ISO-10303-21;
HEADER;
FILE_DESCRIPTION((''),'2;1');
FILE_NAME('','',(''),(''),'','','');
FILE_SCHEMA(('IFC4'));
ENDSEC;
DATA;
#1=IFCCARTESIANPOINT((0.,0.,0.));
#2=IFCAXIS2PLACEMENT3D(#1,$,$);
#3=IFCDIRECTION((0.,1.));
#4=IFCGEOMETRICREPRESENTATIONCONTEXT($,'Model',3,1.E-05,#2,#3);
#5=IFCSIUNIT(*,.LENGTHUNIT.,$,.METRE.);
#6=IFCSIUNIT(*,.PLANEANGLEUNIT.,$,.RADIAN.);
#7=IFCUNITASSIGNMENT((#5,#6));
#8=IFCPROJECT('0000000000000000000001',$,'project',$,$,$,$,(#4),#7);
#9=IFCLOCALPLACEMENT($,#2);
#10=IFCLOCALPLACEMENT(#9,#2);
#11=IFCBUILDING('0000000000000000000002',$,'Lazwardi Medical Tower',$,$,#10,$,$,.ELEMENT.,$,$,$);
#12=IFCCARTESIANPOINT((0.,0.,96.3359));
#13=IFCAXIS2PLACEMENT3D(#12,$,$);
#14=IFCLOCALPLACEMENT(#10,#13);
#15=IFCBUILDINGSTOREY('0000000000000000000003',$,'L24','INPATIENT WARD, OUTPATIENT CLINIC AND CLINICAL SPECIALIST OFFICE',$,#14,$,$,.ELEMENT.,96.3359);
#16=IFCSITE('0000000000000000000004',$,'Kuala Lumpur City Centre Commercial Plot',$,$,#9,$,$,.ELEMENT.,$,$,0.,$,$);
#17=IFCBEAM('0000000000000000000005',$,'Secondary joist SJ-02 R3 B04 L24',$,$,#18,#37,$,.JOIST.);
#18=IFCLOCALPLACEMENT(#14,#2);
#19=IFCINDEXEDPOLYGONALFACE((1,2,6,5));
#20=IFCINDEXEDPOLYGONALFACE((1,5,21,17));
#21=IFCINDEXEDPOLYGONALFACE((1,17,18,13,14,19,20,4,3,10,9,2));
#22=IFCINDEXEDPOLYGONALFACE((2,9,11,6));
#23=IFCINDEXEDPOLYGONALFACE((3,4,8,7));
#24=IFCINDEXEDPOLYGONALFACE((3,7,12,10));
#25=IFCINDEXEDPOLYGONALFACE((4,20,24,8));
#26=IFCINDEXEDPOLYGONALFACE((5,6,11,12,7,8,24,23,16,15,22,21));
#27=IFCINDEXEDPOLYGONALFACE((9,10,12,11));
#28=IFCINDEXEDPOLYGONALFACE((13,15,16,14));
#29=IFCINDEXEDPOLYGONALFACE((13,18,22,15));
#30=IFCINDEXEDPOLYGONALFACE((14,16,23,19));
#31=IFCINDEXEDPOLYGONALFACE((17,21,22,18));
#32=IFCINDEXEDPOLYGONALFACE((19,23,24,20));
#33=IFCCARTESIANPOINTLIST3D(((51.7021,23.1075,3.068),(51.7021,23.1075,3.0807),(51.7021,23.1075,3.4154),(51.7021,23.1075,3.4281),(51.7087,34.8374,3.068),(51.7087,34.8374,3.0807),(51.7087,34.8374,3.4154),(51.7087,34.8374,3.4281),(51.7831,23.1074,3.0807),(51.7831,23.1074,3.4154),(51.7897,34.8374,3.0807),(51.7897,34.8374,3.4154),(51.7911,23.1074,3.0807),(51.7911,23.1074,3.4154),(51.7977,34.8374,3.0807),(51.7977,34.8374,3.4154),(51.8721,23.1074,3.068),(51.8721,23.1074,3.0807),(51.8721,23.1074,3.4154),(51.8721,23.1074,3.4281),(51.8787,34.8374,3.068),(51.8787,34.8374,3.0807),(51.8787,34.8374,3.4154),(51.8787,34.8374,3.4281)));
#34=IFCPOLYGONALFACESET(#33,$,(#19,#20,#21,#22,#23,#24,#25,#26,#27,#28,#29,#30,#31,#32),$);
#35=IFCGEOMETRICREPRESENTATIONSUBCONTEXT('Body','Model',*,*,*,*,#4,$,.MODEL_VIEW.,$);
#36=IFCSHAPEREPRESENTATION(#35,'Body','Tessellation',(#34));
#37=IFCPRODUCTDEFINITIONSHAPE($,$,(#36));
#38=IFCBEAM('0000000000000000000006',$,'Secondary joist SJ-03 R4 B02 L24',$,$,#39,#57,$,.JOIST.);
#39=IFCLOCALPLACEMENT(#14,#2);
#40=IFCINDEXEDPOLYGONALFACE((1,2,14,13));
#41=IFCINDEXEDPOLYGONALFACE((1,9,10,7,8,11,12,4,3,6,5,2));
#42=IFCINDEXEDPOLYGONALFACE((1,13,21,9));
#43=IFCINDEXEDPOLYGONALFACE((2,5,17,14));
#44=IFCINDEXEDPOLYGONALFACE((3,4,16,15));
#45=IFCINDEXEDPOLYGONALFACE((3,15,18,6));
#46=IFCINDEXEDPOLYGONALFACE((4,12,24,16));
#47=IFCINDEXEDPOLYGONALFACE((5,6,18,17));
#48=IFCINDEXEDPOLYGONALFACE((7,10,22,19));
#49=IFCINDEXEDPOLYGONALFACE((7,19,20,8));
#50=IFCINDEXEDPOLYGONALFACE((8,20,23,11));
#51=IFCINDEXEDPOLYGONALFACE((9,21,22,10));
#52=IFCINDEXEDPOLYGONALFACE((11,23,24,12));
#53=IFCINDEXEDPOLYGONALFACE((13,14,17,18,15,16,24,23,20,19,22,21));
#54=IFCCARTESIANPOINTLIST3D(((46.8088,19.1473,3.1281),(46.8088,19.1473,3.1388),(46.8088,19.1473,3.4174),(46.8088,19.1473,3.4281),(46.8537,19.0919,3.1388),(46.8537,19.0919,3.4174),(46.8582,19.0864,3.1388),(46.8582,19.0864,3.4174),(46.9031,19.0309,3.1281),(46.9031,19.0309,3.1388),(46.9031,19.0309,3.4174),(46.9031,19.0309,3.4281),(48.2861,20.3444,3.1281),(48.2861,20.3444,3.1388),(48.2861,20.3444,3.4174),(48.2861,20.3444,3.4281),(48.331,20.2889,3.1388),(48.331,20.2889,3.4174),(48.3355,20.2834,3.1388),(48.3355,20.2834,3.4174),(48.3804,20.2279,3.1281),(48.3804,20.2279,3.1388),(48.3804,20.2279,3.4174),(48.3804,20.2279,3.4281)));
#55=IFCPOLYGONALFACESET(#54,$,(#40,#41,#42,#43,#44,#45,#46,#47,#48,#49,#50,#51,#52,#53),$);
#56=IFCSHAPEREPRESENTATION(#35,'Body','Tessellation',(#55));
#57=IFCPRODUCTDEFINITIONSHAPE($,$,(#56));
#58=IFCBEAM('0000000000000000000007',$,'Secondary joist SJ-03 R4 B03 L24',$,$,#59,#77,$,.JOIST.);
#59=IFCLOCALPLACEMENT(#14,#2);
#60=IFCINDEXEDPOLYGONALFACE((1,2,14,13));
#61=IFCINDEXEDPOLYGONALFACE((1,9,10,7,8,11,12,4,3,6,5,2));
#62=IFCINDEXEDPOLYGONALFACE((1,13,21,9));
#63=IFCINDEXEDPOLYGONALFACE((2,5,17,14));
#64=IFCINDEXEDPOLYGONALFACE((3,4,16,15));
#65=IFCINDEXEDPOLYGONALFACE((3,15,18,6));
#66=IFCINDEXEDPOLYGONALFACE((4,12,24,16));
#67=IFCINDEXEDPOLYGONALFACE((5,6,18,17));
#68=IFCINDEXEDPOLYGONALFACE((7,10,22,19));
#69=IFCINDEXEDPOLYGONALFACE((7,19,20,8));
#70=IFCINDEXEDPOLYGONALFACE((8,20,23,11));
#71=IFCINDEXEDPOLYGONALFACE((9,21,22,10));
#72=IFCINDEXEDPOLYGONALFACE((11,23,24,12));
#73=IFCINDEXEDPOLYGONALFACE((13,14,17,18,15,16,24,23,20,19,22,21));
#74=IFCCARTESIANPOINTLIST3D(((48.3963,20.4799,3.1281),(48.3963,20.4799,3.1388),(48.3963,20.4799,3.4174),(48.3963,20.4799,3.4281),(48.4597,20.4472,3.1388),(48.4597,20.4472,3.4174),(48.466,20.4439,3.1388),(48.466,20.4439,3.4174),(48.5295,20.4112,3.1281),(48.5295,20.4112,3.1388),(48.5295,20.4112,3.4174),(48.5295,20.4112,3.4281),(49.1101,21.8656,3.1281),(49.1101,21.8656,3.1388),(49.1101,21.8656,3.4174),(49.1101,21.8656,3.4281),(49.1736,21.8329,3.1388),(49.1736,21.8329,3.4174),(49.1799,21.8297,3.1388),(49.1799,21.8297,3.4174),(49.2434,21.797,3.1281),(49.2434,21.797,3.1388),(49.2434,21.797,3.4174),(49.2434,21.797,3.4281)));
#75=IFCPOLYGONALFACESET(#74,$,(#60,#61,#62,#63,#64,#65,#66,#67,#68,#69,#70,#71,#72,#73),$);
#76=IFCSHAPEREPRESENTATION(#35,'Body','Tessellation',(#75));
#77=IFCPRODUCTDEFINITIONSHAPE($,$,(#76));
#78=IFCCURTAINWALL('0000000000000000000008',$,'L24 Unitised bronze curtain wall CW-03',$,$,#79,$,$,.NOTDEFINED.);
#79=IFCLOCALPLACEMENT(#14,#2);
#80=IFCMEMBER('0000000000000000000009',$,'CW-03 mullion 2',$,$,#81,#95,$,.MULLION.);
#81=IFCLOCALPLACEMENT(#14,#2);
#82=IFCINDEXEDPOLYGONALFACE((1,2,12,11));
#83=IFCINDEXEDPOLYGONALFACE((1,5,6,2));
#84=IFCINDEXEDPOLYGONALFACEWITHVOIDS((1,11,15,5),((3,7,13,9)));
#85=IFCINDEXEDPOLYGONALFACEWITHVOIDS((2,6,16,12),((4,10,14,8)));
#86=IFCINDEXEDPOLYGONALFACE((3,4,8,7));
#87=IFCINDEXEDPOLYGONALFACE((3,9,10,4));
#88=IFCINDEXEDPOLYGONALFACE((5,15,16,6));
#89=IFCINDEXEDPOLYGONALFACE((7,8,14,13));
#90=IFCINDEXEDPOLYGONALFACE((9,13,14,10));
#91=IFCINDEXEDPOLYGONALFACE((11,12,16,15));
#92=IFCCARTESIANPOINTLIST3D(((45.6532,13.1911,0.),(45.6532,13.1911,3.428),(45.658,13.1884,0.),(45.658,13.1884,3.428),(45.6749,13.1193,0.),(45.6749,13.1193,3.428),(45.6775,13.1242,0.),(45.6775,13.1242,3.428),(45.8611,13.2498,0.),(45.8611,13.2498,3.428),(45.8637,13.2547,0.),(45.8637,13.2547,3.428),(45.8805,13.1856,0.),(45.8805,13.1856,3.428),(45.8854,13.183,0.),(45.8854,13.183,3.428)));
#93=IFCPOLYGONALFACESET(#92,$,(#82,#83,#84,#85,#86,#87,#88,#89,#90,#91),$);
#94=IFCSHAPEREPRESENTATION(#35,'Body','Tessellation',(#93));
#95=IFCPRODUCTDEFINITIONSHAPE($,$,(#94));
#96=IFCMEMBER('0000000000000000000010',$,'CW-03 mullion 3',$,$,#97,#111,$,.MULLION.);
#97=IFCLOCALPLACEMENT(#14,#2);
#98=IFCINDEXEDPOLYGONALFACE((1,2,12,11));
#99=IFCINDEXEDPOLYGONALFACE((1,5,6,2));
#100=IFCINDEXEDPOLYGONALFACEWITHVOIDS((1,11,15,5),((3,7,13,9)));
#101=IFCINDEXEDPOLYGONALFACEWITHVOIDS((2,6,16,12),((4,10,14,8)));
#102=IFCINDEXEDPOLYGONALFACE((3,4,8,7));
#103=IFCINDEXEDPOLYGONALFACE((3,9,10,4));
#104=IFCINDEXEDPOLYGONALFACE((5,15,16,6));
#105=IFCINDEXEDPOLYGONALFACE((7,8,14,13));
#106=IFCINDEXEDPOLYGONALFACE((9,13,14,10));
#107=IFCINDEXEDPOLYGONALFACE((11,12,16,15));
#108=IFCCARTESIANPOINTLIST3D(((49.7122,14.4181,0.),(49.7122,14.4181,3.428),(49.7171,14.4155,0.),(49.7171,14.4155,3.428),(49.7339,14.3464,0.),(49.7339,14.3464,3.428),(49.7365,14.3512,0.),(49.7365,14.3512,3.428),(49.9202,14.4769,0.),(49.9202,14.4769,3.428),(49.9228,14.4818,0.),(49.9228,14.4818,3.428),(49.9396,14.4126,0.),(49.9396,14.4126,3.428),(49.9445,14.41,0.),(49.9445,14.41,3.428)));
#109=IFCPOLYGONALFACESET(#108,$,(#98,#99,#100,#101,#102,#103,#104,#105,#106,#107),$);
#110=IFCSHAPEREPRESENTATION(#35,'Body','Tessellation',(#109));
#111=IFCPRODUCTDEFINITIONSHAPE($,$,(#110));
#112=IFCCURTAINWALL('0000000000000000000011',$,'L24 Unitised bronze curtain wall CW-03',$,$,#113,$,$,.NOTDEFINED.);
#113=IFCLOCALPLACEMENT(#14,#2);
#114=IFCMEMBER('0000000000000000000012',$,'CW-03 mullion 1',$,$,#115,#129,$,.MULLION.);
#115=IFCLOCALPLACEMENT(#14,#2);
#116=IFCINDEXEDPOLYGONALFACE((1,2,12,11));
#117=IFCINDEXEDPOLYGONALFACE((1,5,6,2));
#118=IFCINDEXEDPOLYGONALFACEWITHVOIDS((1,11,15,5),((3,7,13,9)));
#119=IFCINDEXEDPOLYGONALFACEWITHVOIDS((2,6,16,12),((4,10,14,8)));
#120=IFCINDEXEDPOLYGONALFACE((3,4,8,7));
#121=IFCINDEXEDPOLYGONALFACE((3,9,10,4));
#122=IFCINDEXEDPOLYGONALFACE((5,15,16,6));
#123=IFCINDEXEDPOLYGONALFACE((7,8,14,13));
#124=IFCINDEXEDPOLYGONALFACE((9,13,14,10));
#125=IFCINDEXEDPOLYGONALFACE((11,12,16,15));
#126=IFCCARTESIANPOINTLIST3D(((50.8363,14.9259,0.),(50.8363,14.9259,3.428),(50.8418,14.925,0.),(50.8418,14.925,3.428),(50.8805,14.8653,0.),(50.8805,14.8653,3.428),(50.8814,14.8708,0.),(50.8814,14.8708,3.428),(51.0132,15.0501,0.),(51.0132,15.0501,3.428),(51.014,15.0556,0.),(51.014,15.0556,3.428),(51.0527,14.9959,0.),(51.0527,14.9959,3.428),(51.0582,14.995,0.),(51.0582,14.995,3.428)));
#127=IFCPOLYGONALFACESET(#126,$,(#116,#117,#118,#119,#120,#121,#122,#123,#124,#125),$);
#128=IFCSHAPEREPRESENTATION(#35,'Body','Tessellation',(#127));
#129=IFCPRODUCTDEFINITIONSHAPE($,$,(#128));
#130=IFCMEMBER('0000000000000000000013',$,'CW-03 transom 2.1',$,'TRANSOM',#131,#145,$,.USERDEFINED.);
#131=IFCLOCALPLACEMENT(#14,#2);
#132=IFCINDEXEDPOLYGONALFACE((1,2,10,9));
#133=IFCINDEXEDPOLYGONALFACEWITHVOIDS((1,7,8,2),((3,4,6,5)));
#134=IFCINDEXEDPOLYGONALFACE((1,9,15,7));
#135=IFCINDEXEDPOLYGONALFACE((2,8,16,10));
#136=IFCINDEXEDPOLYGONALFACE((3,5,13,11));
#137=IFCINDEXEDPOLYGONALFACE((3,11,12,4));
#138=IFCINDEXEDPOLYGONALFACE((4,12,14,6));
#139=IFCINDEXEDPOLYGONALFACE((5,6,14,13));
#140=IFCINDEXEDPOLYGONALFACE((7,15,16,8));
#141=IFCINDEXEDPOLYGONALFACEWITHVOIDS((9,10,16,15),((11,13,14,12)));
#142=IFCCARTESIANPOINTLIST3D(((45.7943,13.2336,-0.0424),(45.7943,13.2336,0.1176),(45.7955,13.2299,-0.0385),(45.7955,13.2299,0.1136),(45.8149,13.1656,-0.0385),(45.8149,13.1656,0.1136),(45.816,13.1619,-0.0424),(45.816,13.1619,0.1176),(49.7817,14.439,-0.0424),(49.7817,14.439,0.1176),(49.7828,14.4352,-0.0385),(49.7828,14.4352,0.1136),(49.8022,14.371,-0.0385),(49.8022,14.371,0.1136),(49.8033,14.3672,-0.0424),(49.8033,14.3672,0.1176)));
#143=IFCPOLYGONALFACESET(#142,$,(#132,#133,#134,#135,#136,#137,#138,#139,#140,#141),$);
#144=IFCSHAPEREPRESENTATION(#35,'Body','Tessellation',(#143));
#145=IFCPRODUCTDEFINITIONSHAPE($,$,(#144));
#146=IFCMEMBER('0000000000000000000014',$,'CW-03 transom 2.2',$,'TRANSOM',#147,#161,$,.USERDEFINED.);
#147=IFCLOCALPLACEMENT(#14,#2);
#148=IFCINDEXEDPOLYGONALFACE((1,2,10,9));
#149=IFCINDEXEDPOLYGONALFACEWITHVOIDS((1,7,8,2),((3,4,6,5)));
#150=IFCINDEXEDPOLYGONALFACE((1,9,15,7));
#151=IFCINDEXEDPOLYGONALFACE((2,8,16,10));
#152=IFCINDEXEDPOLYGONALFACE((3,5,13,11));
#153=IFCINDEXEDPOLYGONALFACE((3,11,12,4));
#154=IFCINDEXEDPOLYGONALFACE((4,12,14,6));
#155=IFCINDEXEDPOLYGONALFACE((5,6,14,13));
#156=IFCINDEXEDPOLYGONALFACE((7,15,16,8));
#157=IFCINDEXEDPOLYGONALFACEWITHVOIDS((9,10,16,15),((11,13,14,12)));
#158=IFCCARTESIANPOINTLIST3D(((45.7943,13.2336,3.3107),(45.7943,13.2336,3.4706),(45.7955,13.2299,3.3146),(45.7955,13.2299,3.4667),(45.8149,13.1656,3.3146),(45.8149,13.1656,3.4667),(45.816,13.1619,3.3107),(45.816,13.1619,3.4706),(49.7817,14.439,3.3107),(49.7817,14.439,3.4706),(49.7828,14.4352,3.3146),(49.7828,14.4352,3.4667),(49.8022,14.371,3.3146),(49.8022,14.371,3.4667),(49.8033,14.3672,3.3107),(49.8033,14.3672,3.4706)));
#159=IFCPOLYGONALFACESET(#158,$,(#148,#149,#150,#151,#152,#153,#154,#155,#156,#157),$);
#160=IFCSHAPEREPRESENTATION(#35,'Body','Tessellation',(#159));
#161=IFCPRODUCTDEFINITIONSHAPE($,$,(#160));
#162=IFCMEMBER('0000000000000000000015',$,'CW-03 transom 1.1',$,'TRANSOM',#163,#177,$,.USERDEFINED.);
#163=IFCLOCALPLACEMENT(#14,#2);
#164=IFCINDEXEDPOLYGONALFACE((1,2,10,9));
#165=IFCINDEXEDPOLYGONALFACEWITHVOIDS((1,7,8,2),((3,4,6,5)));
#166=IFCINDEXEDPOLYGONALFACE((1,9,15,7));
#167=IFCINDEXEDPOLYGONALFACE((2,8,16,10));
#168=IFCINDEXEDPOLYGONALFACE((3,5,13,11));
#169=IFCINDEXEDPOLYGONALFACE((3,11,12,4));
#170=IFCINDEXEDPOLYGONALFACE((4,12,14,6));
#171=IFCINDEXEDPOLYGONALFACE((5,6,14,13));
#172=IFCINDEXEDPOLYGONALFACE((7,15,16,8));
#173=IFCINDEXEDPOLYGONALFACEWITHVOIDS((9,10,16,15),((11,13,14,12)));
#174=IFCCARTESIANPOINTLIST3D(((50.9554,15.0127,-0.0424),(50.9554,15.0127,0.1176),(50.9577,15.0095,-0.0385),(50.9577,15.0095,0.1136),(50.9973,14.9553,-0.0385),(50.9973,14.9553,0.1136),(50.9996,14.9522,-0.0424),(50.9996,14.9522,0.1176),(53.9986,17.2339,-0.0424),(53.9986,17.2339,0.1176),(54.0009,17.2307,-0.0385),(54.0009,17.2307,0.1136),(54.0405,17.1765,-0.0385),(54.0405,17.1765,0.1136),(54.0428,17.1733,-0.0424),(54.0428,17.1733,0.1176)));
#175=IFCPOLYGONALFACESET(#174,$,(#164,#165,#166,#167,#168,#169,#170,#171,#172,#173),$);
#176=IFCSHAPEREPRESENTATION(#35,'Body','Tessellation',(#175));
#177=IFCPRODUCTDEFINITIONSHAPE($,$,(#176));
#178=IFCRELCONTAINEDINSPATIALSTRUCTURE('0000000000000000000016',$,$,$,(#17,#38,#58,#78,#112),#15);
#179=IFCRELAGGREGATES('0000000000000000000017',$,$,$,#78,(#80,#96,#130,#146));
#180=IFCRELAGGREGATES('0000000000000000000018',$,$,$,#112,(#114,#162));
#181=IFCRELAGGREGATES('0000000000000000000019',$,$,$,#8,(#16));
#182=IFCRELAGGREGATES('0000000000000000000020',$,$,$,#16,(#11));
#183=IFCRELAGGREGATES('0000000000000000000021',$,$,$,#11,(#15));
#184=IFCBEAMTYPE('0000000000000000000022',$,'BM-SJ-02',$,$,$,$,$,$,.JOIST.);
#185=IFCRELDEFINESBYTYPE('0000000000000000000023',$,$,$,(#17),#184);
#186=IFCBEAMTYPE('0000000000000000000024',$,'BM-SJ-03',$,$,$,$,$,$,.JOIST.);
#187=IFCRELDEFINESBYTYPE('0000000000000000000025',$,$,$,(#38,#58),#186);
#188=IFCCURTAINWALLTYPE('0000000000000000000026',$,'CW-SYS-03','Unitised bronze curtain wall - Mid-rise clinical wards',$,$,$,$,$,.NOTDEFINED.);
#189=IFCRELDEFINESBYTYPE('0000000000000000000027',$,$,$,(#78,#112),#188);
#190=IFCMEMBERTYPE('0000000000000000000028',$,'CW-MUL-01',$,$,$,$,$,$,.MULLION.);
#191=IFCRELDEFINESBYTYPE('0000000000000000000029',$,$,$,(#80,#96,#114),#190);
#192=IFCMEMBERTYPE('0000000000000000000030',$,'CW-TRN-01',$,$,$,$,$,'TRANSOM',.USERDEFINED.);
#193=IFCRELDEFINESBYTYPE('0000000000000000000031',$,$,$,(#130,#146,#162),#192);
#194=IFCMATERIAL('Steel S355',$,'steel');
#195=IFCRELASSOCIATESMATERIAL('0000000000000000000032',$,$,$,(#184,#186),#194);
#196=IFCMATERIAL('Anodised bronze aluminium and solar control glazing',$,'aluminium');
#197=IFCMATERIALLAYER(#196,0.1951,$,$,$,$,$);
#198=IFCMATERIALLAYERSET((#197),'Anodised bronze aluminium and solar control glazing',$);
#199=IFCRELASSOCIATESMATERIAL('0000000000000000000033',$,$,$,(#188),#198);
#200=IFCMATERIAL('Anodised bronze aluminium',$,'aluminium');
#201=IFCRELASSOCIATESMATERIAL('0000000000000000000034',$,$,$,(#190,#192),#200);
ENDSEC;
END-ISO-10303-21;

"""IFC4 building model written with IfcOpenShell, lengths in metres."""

from ifc_helpers import new_model, si_unit, direction, frame, origin, origin_2d, place, context, subcontext, project, spatial, hollow_rectangle, i_section, extrude, material, layer, layer_set, material_profile, profile_set, type_object, element, aggregate, save


model = new_model("IFC4")

# Units and contexts
model_context = context("Model", 3, precision=1e-05, world=origin(), true_north=direction((0.0, 1.0)))
body_context = subcontext(model_context, "Body", "Model", "MODEL_VIEW")
ifc_project = project(units=[si_unit("LENGTHUNIT", "METRE"), si_unit("PLANEANGLEUNIT", "RADIAN")], contexts=[model_context])

# Site, building, storey
site_placement = place(None, origin())
site = spatial("IfcSite", under=ifc_project, at=site_placement, Name="Kuala Lumpur City Centre Commercial Plot", CompositionType="ELEMENT", RefElevation=0.0)
building_placement = place(site_placement, origin())
building = spatial("IfcBuilding", under=site, at=building_placement, Name="Lazwardi Medical Tower", CompositionType="ELEMENT")
storey_placement = place(building_placement, frame((0.0, 0.0, 96.3359)))
storey = spatial("IfcBuildingStorey", under=building, at=storey_placement, Name="L24", Description="INPATIENT WARD, OUTPATIENT CLINIC AND CLINICAL SPECIALIST OFFICE", CompositionType="ELEMENT", Elevation=96.3359)

# Beams
ifc_material_1 = material(Name="Steel S355", Category="steel")
ifc_material_profile_1 = material_profile(ifc_material_1, i_section(OverallWidth=0.1699, OverallDepth=0.3601, WebThickness=0.0081, FlangeThickness=0.0127, at=origin_2d()), Name="IPE 360")
ifc_profile_set_1 = profile_set([ifc_material_profile_1], Name="Steel S355")
beam_type_1 = type_object("IfcBeamType", Name="BM-SJ-02", PredefinedType="JOIST", material=ifc_profile_set_1)
beam_1_placement = place(storey_placement, frame((51.7871, 23.1074, 3.248), z_axis=(0.000562, 1.0, 0.0), x_axis=(-1.0, 0.000562, 0.0)))
element("IfcBeam", 1, at=beam_1_placement, inside=storey, type_object=beam_type_1, Name="Secondary joist SJ-02 R3 B04 L24", PredefinedType="JOIST", context=body_context, shape_type="SweptSolid", body=[
    extrude(i_section(OverallWidth=0.1699, OverallDepth=0.3601, WebThickness=0.0081, FlangeThickness=0.0127, at=origin_2d()), origin(), (0.0, 0.0, 1.0), 11.73),
])
ifc_material_profile_2 = material_profile(ifc_material_1, i_section(OverallWidth=0.1499, OverallDepth=0.3, WebThickness=0.0071, FlangeThickness=0.0107, at=origin_2d()), Name="IPE 300")
ifc_profile_set_2 = profile_set([ifc_material_profile_2], Name="Steel S355")
beam_type_2 = type_object("IfcBeamType", Name="BM-SJ-03", PredefinedType="JOIST", material=ifc_profile_set_2)
beam_2_placement = place(storey_placement, frame((46.856, 19.0891, 3.2781), z_axis=(0.776958, 0.629553, 0.0), x_axis=(-0.629553, 0.776958, 0.0)))
element("IfcBeam", 2, at=beam_2_placement, inside=storey, type_object=beam_type_2, Name="Secondary joist SJ-03 R4 B02 L24", PredefinedType="JOIST", context=body_context, shape_type="SweptSolid", body=[
    extrude(i_section(OverallWidth=0.1499, OverallDepth=0.3, WebThickness=0.0071, FlangeThickness=0.0107, at=origin_2d()), origin(), (0.0, 0.0, 1.0), 1.9014),
])
beam_3_placement = place(storey_placement, frame((48.4629, 20.4456, 3.2781), z_axis=(0.457957, 0.888975, 0.0), x_axis=(-0.888975, 0.457957, 0.0)))
element("IfcBeam", 3, at=beam_3_placement, inside=storey, type_object=beam_type_2, Name="Secondary joist SJ-03 R4 B03 L24", PredefinedType="JOIST", context=body_context, shape_type="SweptSolid", body=[
    extrude(i_section(OverallWidth=0.1499, OverallDepth=0.3, WebThickness=0.0071, FlangeThickness=0.0107, at=origin_2d()), origin(), (0.0, 0.0, 1.0), 1.5588),
])

# Curtain wall, members
ifc_material_2 = material(Name="Anodised bronze aluminium and solar control glazing", Category="aluminium")
ifc_layer_1 = layer(ifc_material_2, 0.1951)
ifc_layer_set_1 = layer_set([ifc_layer_1], Name="Anodised bronze aluminium and solar control glazing")
curtain_wall_type = type_object("IfcCurtainWallType", Name="CW-SYS-03", Description="Unitised bronze curtain wall - Mid-rise clinical wards", PredefinedType="NOTDEFINED", material=ifc_layer_set_1)
curtain_wall_1_placement = place(storey_placement, origin())
curtain_wall_1 = element("IfcCurtainWall", 4, at=curtain_wall_1_placement, inside=storey, type_object=curtain_wall_type, Name="L24 Unitised bronze curtain wall CW-03", PredefinedType="NOTDEFINED")
ifc_material_3 = material(Name="Anodised bronze aluminium", Category="aluminium")
ifc_material_profile_3 = material_profile(ifc_material_3, hollow_rectangle(XDim=0.075, YDim=0.22, WallThickness=0.0039, at=origin_2d()), Name="ALU-MULLION 220x75x4")
ifc_profile_set_3 = profile_set([ifc_material_profile_3], Name="Anodised bronze aluminium")
member_type_1 = type_object("IfcMemberType", Name="CW-MUL-01", PredefinedType="MULLION", material=ifc_profile_set_3)
member_1_placement = place(storey_placement, frame((45.7693, 13.187, 0.0), z_axis=(0.0, 0.0, 1.0), x_axis=(-0.289374, 0.957216, 0.0)))
member_1 = element("IfcMember", 5, at=member_1_placement, type_object=member_type_1, Name="CW-03 mullion 2", PredefinedType="MULLION", context=body_context, shape_type="SweptSolid", body=[
    extrude(hollow_rectangle(XDim=0.075, YDim=0.22, WallThickness=0.0039, at=origin_2d()), origin(), (0.0, 0.0, 1.0), 3.428),
])
member_2_placement = place(storey_placement, frame((49.8284, 14.4141, 0.0), z_axis=(0.0, 0.0, 1.0), x_axis=(-0.289374, 0.957216, 0.0)))
member_2 = element("IfcMember", 6, at=member_2_placement, type_object=member_type_1, Name="CW-03 mullion 3", PredefinedType="MULLION", context=body_context, shape_type="SweptSolid", body=[
    extrude(hollow_rectangle(XDim=0.075, YDim=0.22, WallThickness=0.0039, at=origin_2d()), origin(), (0.0, 0.0, 1.0), 3.428),
])

# Curtain wall, member
curtain_wall_2_placement = place(storey_placement, origin())
curtain_wall_2 = element("IfcCurtainWall", 7, at=curtain_wall_2_placement, inside=storey, type_object=curtain_wall_type, Name="L24 Unitised bronze curtain wall CW-03", PredefinedType="NOTDEFINED")
member_3_placement = place(storey_placement, frame((50.9473, 14.9604, 0.0), z_axis=(0.0, 0.0, 1.0), x_axis=(-0.589531, 0.807746, 0.0)))
member_3 = element("IfcMember", 8, at=member_3_placement, type_object=member_type_1, Name="CW-03 mullion 1", PredefinedType="MULLION", context=body_context, shape_type="SweptSolid", body=[
    extrude(hollow_rectangle(XDim=0.075, YDim=0.22, WallThickness=0.0039, at=origin_2d()), origin(), (0.0, 0.0, 1.0), 3.428),
])

# Members
ifc_material_profile_4 = material_profile(ifc_material_3, hollow_rectangle(XDim=0.075, YDim=0.1599, WallThickness=0.0039, at=origin_2d()), Name="ALU-TRANSOM 160x75x4")
ifc_profile_set_4 = profile_set([ifc_material_profile_4], Name="Anodised bronze aluminium")
member_type_2 = type_object("IfcMemberType", Name="CW-TRN-01", ElementType="TRANSOM", PredefinedType="USERDEFINED", material=ifc_profile_set_4)
member_4_placement = place(storey_placement, frame((45.8052, 13.1978, 0.0376), z_axis=(0.957221, 0.289358, 0.0), x_axis=(-0.289358, 0.957221, 0.0)))
member_4 = element("IfcMember", 9, at=member_4_placement, type_object=member_type_2, Name="CW-03 transom 2.1", ObjectType="TRANSOM", PredefinedType="USERDEFINED", context=body_context, shape_type="SweptSolid", body=[
    extrude(hollow_rectangle(XDim=0.075, YDim=0.1599, WallThickness=0.0039, at=origin_2d()), origin(), (0.0, 0.0, 1.0), 4.1655),
])
member_5_placement = place(storey_placement, frame((45.8052, 13.1978, 3.3906), z_axis=(0.957221, 0.289358, 0.0), x_axis=(-0.289358, 0.957221, 0.0)))
member_5 = element("IfcMember", 10, at=member_5_placement, type_object=member_type_2, Name="CW-03 transom 2.2", ObjectType="TRANSOM", PredefinedType="USERDEFINED", context=body_context, shape_type="SweptSolid", body=[
    extrude(hollow_rectangle(XDim=0.075, YDim=0.1599, WallThickness=0.0039, at=origin_2d()), origin(), (0.0, 0.0, 1.0), 4.1655),
])
member_6_placement = place(storey_placement, frame((50.9775, 14.9824, 0.0376), z_axis=(0.807732, 0.58955, 0.0), x_axis=(-0.58955, 0.807732, 0.0)))
member_6 = element("IfcMember", 11, at=member_6_placement, type_object=member_type_2, Name="CW-03 transom 1.1", ObjectType="TRANSOM", PredefinedType="USERDEFINED", context=body_context, shape_type="SweptSolid", body=[
    extrude(hollow_rectangle(XDim=0.075, YDim=0.1599, WallThickness=0.0039, at=origin_2d()), origin(), (0.0, 0.0, 1.0), 3.7676),
])

aggregate(curtain_wall_1, [member_1, member_2, member_4, member_5])
aggregate(curtain_wall_2, [member_3, member_6])

save(model, "model.ifc")
